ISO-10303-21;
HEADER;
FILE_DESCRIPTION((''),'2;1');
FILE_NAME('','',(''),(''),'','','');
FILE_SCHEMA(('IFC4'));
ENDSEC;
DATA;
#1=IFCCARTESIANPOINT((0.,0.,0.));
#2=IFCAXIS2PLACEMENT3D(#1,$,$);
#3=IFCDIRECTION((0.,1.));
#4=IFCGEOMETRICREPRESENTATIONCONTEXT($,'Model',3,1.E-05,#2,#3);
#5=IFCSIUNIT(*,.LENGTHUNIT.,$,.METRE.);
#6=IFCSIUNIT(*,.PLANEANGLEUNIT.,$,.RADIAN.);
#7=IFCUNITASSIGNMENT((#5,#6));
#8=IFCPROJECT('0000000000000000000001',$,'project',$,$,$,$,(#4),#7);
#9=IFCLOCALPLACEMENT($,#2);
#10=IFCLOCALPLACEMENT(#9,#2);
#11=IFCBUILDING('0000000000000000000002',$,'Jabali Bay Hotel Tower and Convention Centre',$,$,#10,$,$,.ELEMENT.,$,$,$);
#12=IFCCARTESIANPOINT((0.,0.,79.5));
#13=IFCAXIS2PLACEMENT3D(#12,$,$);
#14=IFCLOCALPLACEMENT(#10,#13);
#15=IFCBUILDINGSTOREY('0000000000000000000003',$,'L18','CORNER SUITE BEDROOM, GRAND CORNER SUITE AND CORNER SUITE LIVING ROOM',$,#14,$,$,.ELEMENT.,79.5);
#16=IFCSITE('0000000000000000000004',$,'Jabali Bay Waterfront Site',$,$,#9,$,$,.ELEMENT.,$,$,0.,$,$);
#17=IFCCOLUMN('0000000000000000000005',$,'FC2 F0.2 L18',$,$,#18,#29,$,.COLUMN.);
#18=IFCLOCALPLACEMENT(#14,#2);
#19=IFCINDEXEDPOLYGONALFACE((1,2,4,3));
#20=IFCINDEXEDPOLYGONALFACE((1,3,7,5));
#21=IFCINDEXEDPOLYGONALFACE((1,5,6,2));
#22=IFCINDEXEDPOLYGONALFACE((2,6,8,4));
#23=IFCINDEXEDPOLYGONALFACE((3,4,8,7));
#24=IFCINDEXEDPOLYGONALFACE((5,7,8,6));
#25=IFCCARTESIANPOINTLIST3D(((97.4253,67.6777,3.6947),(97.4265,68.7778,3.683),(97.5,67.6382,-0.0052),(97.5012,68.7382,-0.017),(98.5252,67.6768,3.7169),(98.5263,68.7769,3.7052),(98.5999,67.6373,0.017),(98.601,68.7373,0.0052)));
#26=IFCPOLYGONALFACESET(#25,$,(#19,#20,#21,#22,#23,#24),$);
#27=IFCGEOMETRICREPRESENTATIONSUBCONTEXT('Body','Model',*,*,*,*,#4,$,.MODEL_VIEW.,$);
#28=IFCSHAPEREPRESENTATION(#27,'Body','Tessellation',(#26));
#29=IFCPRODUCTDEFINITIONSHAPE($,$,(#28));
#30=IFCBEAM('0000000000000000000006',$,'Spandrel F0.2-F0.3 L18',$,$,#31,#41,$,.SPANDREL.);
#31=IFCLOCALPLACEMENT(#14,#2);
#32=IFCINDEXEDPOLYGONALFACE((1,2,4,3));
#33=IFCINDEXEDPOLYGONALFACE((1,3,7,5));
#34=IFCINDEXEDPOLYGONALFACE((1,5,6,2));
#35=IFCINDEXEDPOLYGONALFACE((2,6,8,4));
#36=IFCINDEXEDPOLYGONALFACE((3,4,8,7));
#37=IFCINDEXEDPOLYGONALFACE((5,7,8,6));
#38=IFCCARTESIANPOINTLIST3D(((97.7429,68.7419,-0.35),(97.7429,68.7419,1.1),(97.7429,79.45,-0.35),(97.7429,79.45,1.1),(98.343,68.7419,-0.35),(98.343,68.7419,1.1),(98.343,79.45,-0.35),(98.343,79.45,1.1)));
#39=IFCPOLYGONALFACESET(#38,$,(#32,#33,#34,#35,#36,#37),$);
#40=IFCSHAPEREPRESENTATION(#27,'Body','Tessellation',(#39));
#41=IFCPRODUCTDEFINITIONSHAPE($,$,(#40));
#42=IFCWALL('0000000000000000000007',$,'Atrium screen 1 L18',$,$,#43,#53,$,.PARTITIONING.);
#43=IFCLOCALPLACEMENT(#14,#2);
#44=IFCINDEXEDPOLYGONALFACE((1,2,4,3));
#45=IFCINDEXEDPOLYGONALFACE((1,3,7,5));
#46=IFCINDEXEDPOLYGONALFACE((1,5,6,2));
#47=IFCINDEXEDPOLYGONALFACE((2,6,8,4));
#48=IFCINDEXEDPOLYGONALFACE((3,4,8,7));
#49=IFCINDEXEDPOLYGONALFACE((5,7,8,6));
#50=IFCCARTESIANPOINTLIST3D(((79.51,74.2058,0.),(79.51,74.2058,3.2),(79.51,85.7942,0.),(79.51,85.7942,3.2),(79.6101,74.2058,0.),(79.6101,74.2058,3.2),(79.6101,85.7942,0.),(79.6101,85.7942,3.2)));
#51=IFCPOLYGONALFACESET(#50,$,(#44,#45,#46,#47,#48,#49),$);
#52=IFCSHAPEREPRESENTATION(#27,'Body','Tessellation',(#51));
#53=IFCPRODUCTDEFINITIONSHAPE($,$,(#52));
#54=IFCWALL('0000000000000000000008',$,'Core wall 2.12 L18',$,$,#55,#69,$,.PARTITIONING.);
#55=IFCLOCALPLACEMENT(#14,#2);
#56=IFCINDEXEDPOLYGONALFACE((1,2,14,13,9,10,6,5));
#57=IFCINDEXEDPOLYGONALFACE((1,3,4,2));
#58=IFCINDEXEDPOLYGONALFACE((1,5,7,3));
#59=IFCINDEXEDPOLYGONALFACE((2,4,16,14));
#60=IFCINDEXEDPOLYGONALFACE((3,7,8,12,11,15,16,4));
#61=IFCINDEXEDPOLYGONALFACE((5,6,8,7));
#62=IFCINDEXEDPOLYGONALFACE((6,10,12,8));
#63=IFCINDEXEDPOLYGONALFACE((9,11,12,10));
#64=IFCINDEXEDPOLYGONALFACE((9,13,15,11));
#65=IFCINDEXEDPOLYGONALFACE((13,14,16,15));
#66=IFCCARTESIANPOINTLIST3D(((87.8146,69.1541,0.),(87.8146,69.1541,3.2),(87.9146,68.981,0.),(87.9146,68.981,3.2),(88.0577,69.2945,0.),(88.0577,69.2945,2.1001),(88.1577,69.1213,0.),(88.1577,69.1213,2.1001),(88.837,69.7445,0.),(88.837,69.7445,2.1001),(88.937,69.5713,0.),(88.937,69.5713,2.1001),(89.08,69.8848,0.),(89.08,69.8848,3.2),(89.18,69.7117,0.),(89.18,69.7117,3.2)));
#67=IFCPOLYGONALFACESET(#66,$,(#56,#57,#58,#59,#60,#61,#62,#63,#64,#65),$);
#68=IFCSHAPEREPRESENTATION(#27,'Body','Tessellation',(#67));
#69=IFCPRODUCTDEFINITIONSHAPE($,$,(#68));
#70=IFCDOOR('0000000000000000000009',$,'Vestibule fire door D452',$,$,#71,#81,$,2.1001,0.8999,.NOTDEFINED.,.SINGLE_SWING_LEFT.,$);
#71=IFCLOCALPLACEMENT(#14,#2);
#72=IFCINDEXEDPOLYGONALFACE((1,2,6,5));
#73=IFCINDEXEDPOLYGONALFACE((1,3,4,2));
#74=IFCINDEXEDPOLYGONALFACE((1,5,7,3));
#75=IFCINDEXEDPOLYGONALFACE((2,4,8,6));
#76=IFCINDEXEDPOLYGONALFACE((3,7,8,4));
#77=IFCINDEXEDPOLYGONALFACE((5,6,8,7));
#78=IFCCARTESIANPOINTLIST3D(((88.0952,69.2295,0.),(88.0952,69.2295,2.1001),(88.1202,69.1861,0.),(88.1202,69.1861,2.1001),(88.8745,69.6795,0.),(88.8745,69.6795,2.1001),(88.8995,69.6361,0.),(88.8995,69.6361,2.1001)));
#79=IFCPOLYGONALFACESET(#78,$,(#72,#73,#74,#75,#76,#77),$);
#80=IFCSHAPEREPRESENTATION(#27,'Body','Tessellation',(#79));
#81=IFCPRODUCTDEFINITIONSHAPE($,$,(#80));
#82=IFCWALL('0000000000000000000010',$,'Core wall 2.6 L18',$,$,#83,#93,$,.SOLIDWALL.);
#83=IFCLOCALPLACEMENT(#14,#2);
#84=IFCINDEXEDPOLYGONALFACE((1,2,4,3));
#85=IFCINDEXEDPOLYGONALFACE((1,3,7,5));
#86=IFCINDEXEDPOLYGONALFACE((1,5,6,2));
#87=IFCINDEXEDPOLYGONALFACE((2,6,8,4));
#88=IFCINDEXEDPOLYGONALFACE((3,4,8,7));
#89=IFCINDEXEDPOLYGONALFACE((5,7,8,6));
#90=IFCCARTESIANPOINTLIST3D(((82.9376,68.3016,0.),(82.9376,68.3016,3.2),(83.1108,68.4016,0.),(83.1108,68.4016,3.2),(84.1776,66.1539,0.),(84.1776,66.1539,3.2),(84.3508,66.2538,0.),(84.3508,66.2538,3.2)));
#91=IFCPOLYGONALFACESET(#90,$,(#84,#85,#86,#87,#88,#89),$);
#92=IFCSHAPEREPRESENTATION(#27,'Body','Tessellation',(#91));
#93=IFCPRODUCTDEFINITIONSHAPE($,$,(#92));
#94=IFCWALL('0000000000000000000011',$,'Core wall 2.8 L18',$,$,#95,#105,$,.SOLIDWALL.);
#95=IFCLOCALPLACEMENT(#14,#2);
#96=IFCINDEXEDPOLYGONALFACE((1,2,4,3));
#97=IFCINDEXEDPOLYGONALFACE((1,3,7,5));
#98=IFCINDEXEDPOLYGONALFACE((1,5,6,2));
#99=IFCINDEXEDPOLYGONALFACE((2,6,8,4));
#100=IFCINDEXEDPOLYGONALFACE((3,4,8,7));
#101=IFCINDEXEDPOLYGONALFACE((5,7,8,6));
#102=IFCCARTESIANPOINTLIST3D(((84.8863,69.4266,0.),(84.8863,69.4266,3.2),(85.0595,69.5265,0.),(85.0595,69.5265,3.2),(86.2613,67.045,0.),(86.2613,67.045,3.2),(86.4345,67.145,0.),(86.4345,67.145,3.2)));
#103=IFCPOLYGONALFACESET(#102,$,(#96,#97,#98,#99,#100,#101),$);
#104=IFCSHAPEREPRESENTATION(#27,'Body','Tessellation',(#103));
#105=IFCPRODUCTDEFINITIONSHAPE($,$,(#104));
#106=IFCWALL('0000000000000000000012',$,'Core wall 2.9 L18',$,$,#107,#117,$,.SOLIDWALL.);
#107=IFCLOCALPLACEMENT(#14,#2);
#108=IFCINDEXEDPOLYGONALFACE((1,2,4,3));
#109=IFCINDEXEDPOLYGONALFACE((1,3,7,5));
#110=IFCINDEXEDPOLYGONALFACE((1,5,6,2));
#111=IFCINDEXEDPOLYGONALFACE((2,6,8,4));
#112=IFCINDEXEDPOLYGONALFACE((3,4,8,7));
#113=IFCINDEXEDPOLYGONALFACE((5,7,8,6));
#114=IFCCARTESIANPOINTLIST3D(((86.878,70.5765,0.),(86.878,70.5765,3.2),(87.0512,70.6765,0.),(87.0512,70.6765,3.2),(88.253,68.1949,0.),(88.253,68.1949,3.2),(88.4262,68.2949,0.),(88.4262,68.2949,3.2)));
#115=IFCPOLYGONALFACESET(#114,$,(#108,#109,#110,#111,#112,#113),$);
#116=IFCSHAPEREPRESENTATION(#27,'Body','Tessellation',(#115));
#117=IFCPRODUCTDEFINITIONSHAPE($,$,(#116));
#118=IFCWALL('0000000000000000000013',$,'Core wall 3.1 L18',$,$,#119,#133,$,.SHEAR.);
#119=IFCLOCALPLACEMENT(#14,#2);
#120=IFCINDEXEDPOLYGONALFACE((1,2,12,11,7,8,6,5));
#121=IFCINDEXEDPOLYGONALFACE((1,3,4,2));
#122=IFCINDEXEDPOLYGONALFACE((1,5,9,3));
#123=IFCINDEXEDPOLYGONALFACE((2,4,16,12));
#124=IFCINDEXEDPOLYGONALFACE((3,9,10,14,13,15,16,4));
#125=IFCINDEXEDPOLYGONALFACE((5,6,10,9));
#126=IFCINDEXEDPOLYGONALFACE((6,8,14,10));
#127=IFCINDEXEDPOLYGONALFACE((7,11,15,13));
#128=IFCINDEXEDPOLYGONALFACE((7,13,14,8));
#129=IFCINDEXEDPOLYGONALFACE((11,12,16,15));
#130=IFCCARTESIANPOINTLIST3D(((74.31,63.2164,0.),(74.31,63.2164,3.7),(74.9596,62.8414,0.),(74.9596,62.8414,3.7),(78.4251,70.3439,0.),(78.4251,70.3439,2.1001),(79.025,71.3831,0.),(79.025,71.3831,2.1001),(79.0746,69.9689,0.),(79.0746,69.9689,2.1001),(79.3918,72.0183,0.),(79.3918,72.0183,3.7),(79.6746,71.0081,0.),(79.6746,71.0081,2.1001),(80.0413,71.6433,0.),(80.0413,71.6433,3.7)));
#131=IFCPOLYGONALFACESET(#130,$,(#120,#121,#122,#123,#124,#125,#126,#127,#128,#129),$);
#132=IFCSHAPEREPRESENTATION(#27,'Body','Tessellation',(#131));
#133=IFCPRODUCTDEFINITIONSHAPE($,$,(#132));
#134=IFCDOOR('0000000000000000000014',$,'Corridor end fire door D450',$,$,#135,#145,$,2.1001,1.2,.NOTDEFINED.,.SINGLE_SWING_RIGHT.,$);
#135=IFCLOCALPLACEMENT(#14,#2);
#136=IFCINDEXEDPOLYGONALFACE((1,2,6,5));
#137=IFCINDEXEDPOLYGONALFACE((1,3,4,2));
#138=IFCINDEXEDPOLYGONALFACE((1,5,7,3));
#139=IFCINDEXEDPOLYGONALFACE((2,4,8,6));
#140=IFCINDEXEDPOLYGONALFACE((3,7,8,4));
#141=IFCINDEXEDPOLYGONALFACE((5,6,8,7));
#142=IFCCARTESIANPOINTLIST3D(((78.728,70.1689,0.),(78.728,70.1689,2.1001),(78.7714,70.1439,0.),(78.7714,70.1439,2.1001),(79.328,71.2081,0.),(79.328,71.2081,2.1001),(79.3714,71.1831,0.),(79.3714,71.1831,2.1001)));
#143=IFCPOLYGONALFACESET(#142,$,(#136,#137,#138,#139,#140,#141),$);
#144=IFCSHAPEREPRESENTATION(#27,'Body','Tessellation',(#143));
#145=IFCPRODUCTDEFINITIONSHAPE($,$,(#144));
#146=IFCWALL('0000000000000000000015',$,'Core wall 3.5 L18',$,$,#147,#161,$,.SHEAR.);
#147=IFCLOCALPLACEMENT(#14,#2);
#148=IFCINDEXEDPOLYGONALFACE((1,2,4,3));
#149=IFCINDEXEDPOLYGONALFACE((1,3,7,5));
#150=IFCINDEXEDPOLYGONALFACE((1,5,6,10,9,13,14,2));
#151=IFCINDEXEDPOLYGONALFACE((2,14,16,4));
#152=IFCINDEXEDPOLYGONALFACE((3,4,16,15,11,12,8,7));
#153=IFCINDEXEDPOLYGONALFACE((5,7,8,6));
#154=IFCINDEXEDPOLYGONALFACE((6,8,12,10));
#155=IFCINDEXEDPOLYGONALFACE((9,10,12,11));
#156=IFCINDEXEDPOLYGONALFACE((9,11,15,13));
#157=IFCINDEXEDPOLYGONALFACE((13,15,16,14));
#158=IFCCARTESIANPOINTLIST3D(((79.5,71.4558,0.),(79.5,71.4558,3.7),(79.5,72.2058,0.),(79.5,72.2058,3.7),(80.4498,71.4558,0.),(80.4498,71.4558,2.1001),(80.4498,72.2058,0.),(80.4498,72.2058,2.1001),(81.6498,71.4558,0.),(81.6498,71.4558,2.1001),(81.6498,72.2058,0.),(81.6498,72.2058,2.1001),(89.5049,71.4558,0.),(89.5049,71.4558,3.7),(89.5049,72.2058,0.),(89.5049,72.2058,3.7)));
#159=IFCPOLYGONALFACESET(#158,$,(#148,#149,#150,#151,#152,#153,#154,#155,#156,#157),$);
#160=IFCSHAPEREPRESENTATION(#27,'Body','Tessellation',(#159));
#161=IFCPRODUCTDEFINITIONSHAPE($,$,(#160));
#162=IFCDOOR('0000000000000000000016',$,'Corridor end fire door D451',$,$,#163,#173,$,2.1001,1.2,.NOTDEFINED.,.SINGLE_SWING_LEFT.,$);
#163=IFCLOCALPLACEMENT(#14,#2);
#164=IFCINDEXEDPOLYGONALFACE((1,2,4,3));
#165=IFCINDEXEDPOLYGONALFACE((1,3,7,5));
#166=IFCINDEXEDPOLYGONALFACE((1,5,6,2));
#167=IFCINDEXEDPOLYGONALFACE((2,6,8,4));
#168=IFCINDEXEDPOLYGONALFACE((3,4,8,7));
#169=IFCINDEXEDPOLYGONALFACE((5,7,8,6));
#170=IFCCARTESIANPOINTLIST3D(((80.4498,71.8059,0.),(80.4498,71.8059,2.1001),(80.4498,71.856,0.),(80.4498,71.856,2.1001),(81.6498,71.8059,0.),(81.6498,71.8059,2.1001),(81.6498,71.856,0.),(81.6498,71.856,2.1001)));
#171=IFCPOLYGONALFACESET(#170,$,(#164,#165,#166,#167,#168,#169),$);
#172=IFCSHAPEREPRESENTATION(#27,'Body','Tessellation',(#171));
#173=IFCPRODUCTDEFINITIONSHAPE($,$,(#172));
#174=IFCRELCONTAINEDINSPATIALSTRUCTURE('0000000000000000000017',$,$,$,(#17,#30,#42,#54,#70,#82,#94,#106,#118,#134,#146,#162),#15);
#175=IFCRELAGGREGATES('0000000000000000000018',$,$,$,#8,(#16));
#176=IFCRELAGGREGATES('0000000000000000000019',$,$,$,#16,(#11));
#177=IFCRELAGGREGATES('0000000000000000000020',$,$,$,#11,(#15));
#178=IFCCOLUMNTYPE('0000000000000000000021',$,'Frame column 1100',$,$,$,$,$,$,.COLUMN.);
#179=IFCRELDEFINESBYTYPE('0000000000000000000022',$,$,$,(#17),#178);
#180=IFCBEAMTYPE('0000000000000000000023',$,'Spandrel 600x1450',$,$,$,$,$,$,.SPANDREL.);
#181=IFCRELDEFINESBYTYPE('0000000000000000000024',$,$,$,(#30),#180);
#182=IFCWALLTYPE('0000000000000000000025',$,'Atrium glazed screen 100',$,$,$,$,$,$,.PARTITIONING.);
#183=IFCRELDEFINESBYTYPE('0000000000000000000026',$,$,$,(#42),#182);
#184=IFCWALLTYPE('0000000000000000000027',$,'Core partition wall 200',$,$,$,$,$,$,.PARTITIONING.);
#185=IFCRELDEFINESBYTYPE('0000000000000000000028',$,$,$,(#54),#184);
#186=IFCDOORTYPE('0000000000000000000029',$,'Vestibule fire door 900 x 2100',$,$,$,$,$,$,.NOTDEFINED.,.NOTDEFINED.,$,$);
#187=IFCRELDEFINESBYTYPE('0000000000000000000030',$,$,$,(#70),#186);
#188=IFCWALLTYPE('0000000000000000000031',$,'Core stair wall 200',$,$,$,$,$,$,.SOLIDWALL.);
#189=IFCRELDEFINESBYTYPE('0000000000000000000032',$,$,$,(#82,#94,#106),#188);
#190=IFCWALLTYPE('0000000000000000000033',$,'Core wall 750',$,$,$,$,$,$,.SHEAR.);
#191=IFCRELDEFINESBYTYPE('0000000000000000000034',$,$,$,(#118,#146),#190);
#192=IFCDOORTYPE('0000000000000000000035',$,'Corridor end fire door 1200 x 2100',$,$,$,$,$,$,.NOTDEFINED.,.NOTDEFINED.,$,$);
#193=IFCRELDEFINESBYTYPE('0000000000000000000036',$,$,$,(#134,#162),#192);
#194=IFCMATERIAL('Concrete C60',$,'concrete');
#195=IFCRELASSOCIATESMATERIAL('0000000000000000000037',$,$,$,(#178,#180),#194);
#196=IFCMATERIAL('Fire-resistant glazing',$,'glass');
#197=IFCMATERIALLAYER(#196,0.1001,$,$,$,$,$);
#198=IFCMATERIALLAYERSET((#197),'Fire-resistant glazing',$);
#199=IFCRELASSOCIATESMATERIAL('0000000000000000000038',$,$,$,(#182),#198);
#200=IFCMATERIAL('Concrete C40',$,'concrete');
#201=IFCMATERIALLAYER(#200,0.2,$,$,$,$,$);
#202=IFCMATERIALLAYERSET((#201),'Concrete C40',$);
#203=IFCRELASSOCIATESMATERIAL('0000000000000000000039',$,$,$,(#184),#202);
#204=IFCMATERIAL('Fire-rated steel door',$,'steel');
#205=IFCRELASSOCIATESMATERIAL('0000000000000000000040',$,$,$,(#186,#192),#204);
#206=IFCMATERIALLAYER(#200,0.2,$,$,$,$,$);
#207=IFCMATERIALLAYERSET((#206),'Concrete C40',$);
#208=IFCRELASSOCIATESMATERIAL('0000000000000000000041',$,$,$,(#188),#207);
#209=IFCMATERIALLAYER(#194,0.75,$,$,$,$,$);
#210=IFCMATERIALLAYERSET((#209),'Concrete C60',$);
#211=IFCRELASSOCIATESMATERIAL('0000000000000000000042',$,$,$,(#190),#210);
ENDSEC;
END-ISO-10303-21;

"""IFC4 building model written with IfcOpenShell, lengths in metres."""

from ifc_helpers import new_model, si_unit, direction, frame, frame_2d, origin, origin_2d, place, context, subcontext, project, spatial, rectangle, extrude, material, layer, layer_set, material_profile, profile_set, type_object, element, fill, save


model = new_model("IFC4")

# Units and contexts
model_context = context("Model", 3, precision=1e-05, world=origin(), true_north=direction((0.0, 1.0)))
body_context = subcontext(model_context, "Body", "Model", "MODEL_VIEW")
ifc_project = project(units=[si_unit("LENGTHUNIT", "METRE"), si_unit("PLANEANGLEUNIT", "RADIAN")], contexts=[model_context])

# Site, building, storey
site_placement = place(None, origin())
site = spatial("IfcSite", under=ifc_project, at=site_placement, Name="Jabali Bay Waterfront Site", CompositionType="ELEMENT", RefElevation=0.0)
building_placement = place(site_placement, origin())
building = spatial("IfcBuilding", under=site, at=building_placement, Name="Jabali Bay Hotel Tower and Convention Centre", CompositionType="ELEMENT")
storey_placement = place(building_placement, frame((0.0, 0.0, 79.5)))
storey = spatial("IfcBuildingStorey", under=building, at=storey_placement, Name="L18", Description="CORNER SUITE BEDROOM, GRAND CORNER SUITE AND CORNER SUITE LIVING ROOM", CompositionType="ELEMENT", Elevation=79.5)

# Column
ifc_material_1 = material(Name="Concrete C60", Category="concrete")
ifc_material_profile_1 = material_profile(ifc_material_1, rectangle(XDim=1.1001, YDim=1.1001, at=origin_2d()), Name="Frame column 1100")
ifc_profile_set_1 = profile_set([ifc_material_profile_1], Name="Concrete C60")
column_type = type_object("IfcColumnType", Name="Frame column 1100", PredefinedType="COLUMN", material=ifc_profile_set_1)
column_placement = place(storey_placement, frame((98.0505, 68.1877, 0.0), z_axis=(-0.020186, 0.010687, 0.999739), x_axis=(-0.001013, -0.999943, 0.010668)))
element("IfcColumn", 1, at=column_placement, inside=storey, type_object=column_type, Name="FC2 F0.2 L18", PredefinedType="COLUMN", context=body_context, shape_type="SweptSolid", body=[
    extrude(rectangle(XDim=1.1001, YDim=1.1001, at=origin_2d()), origin(), (0.0, 0.0, 1.0), 3.7009),
])

# Beam
ifc_material_profile_2 = material_profile(ifc_material_1, rectangle(XDim=0.6001, YDim=1.45, at=origin_2d()), Name="Spandrel 600x1450")
ifc_profile_set_2 = profile_set([ifc_material_profile_2], Name="Concrete C60")
beam_type = type_object("IfcBeamType", Name="Spandrel 600x1450", PredefinedType="SPANDREL", material=ifc_profile_set_2)
beam_placement = place(storey_placement, frame((98.043, 68.7419, 0.375), z_axis=(0.0, 1.0, 0.0), x_axis=(-1.0, 0.0, 0.0)))
element("IfcBeam", 2, at=beam_placement, inside=storey, type_object=beam_type, Name="Spandrel F0.2-F0.3 L18", PredefinedType="SPANDREL", context=body_context, shape_type="SweptSolid", body=[
    extrude(rectangle(XDim=0.6001, YDim=1.45, at=origin_2d()), origin(), (0.0, 0.0, 1.0), 10.708),
])

# Wall
ifc_material_2 = material(Name="Fire-resistant glazing", Category="glass")
ifc_layer_1 = layer(ifc_material_2, 0.1001)
ifc_layer_set_1 = layer_set([ifc_layer_1], Name="Fire-resistant glazing")
wall_type_1 = type_object("IfcWallType", Name="Atrium glazed screen 100", PredefinedType="PARTITIONING", material=ifc_layer_set_1)
wall_1_placement = place(storey_placement, frame((79.5601, 74.2058, 0.0), z_axis=(0.0, 0.0, 1.0), x_axis=(0.0, 1.0, 0.0)))
element("IfcWall", 3, at=wall_1_placement, inside=storey, type_object=wall_type_1, Name="Atrium screen 1 L18", PredefinedType="PARTITIONING", context=body_context, shape_type="SweptSolid", body=[
    extrude(rectangle(XDim=11.5884, YDim=0.1001, at=frame_2d((5.7942, 0.0))), origin(), (0.0, 0.0, 1.0), 3.2),
])

# Wall, opening, door
ifc_material_3 = material(Name="Concrete C40", Category="concrete")
ifc_layer_2 = layer(ifc_material_3, 0.2)
ifc_layer_set_2 = layer_set([ifc_layer_2], Name="Concrete C40")
wall_type_2 = type_object("IfcWallType", Name="Core partition wall 200", PredefinedType="PARTITIONING", material=ifc_layer_set_2)
wall_2_placement = place(storey_placement, frame((87.8647, 69.0676, 0.0), z_axis=(0.0, 0.0, 1.0), x_axis=(0.865982, 0.500074, 0.0)))
wall_2 = element("IfcWall", 4, at=wall_2_placement, inside=storey, type_object=wall_type_2, Name="Core wall 2.12 L18", PredefinedType="PARTITIONING", context=body_context, shape_type="SweptSolid", body=[
    extrude(rectangle(XDim=1.4612, YDim=0.2, at=frame_2d((0.7305, 0.0))), origin(), (0.0, 0.0, 1.0), 3.2),
])
opening_1_placement = place(wall_2_placement, frame((0.2805, 0.0, 0.0)))
opening_1 = element("IfcOpeningElement", 5, at=opening_1_placement, cuts=wall_2, PredefinedType="OPENING", context=body_context, shape_type="SweptSolid", body=[
    extrude(rectangle(XDim=0.8999, YDim=2.1001, at=frame_2d((0.45, 1.05))), frame((0.0, 0.1104, 0.0), z_axis=(0.0, -1.0, 0.0), x_axis=(1.0, 0.0, 0.0)), (0.0, 0.0, 1.0), 0.2209),
])
ifc_material_4 = material(Name="Fire-rated steel door", Category="steel")
door_type_1 = type_object("IfcDoorType", Name="Vestibule fire door 900 x 2100", OperationType="NOTDEFINED", PredefinedType="NOTDEFINED", material=ifc_material_4)
door_1_placement = place(opening_1_placement, origin())
door_1 = element("IfcDoor", 6, at=door_1_placement, inside=storey, type_object=door_type_1, Name="Vestibule fire door D452", OperationType="SINGLE_SWING_LEFT", OverallHeight=2.1001, OverallWidth=0.8999, PredefinedType="NOTDEFINED", context=body_context, shape_type="SweptSolid", body=[
    extrude(rectangle(XDim=0.8999, YDim=2.1001, at=frame_2d((0.45, 1.05))), frame((0.0, 0.0249, 0.0), z_axis=(0.0, -1.0, 0.0), x_axis=(1.0, 0.0, 0.0)), (0.0, 0.0, 1.0), 0.05),
])
fill(opening_1, door_1)

# Walls
ifc_layer_3 = layer(ifc_material_3, 0.2)
ifc_layer_set_3 = layer_set([ifc_layer_3], Name="Concrete C40")
wall_type_3 = type_object("IfcWallType", Name="Core stair wall 200", PredefinedType="SOLIDWALL", material=ifc_layer_set_3)
wall_3_placement = place(storey_placement, frame((83.0242, 68.3516, 0.0), z_axis=(0.0, 0.0, 1.0), x_axis=(0.500004, -0.866023, 0.0)))
element("IfcWall", 7, at=wall_3_placement, inside=storey, type_object=wall_type_3, Name="Core wall 2.6 L18", PredefinedType="SOLIDWALL", context=body_context, shape_type="SweptSolid", body=[
    extrude(rectangle(XDim=2.48, YDim=0.2, at=frame_2d((1.24, 0.0))), origin(), (0.0, 0.0, 1.0), 3.2),
])
for number, where, z_axis, x_axis, name in (
    (8, (84.9729, 69.4766, 0.0), (0.0, 0.0, 1.0), (0.499997, -0.866027, 0.0), "Core wall 2.8 L18"),
    (9, (86.9646, 70.6265, 0.0), (0.0, 0.0, 1.0), (0.499997, -0.866027, 0.0), "Core wall 2.9 L18"),
):
    element("IfcWall", number, at=place(storey_placement, frame(where, z_axis=z_axis, x_axis=x_axis)), inside=storey, type_object=wall_type_3, Name=name, PredefinedType="SOLIDWALL", context=body_context, shape_type="SweptSolid", body=[
        extrude(rectangle(XDim=2.75, YDim=0.2, at=frame_2d((1.375, 0.0))), origin(), (0.0, 0.0, 1.0), 3.2),
    ])

# Walls, openings, doors
ifc_layer_4 = layer(ifc_material_1, 0.75)
ifc_layer_set_4 = layer_set([ifc_layer_4], Name="Concrete C60")
wall_type_4 = type_object("IfcWallType", Name="Core wall 750", PredefinedType="SHEAR", material=ifc_layer_set_4)
wall_4_placement = place(storey_placement, frame((79.7166, 71.8308, 0.0), z_axis=(0.0, 0.0, 1.0), x_axis=(-0.499996, -0.866028, 0.0)))
wall_4 = element("IfcWall", 10, at=wall_4_placement, inside=storey, type_object=wall_type_4, Name="Core wall 3.1 L18", PredefinedType="SHEAR", context=body_context, shape_type="SweptSolid", body=[
    extrude(rectangle(XDim=10.1636, YDim=0.75, at=frame_2d((5.0818, 0.0))), origin(), (0.0, 0.0, 1.0), 3.7),
])
opening_2_placement = place(wall_4_placement, frame((0.7334, 0.0, 0.0)))
opening_2 = element("IfcOpeningElement", 11, at=opening_2_placement, cuts=wall_4, PredefinedType="OPENING", context=body_context, shape_type="SweptSolid", body=[
    extrude(rectangle(XDim=1.2, YDim=2.1001, at=frame_2d((0.6001, 1.05))), frame((0.0, 0.3855, 0.0), z_axis=(0.0, -1.0, 0.0), x_axis=(1.0, 0.0, 0.0)), (0.0, 0.0, 1.0), 0.771),
])
door_type_2 = type_object("IfcDoorType", Name="Corridor end fire door 1200 x 2100", OperationType="NOTDEFINED", PredefinedType="NOTDEFINED", material=ifc_material_4)
door_2_placement = place(opening_2_placement, origin())
door_2 = element("IfcDoor", 12, at=door_2_placement, inside=storey, type_object=door_type_2, Name="Corridor end fire door D450", OperationType="SINGLE_SWING_RIGHT", OverallHeight=2.1001, OverallWidth=1.2, PredefinedType="NOTDEFINED", context=body_context, shape_type="SweptSolid", body=[
    extrude(rectangle(XDim=1.2, YDim=2.1001, at=frame_2d((0.6001, 1.05))), frame((0.0, 0.0249, 0.0), z_axis=(0.0, -1.0, 0.0), x_axis=(1.0, 0.0, 0.0)), (0.0, 0.0, 1.0), 0.05),
])
fill(opening_2, door_2)
wall_5_placement = place(storey_placement, frame((89.5049, 71.8308, 0.0), z_axis=(0.0, 0.0, 1.0), x_axis=(-1.0, 0.0, 0.0)))
wall_5 = element("IfcWall", 13, at=wall_5_placement, inside=storey, type_object=wall_type_4, Name="Core wall 3.5 L18", PredefinedType="SHEAR", context=body_context, shape_type="SweptSolid", body=[
    extrude(rectangle(XDim=10.0049, YDim=0.75, at=frame_2d((5.0024, 0.0))), origin(), (0.0, 0.0, 1.0), 3.7),
])
opening_3_placement = place(wall_5_placement, frame((7.855, 0.0, 0.0)))
opening_3 = element("IfcOpeningElement", 14, at=opening_3_placement, cuts=wall_5, PredefinedType="OPENING", context=body_context, shape_type="SweptSolid", body=[
    extrude(rectangle(XDim=1.2, YDim=2.1001, at=frame_2d((0.6001, 1.05))), frame((0.0, 0.3855, 0.0), z_axis=(0.0, -1.0, 0.0), x_axis=(1.0, 0.0, 0.0)), (0.0, 0.0, 1.0), 0.771),
])
door_3_placement = place(opening_3_placement, origin())
door_3 = element("IfcDoor", 15, at=door_3_placement, inside=storey, type_object=door_type_2, Name="Corridor end fire door D451", OperationType="SINGLE_SWING_LEFT", OverallHeight=2.1001, OverallWidth=1.2, PredefinedType="NOTDEFINED", context=body_context, shape_type="SweptSolid", body=[
    extrude(rectangle(XDim=1.2, YDim=2.1001, at=frame_2d((0.6001, 1.05))), frame((0.0, 0.0249, 0.0), z_axis=(0.0, -1.0, 0.0), x_axis=(1.0, 0.0, 0.0)), (0.0, 0.0, 1.0), 0.05),
])
fill(opening_3, door_3)

save(model, "model.ifc")
